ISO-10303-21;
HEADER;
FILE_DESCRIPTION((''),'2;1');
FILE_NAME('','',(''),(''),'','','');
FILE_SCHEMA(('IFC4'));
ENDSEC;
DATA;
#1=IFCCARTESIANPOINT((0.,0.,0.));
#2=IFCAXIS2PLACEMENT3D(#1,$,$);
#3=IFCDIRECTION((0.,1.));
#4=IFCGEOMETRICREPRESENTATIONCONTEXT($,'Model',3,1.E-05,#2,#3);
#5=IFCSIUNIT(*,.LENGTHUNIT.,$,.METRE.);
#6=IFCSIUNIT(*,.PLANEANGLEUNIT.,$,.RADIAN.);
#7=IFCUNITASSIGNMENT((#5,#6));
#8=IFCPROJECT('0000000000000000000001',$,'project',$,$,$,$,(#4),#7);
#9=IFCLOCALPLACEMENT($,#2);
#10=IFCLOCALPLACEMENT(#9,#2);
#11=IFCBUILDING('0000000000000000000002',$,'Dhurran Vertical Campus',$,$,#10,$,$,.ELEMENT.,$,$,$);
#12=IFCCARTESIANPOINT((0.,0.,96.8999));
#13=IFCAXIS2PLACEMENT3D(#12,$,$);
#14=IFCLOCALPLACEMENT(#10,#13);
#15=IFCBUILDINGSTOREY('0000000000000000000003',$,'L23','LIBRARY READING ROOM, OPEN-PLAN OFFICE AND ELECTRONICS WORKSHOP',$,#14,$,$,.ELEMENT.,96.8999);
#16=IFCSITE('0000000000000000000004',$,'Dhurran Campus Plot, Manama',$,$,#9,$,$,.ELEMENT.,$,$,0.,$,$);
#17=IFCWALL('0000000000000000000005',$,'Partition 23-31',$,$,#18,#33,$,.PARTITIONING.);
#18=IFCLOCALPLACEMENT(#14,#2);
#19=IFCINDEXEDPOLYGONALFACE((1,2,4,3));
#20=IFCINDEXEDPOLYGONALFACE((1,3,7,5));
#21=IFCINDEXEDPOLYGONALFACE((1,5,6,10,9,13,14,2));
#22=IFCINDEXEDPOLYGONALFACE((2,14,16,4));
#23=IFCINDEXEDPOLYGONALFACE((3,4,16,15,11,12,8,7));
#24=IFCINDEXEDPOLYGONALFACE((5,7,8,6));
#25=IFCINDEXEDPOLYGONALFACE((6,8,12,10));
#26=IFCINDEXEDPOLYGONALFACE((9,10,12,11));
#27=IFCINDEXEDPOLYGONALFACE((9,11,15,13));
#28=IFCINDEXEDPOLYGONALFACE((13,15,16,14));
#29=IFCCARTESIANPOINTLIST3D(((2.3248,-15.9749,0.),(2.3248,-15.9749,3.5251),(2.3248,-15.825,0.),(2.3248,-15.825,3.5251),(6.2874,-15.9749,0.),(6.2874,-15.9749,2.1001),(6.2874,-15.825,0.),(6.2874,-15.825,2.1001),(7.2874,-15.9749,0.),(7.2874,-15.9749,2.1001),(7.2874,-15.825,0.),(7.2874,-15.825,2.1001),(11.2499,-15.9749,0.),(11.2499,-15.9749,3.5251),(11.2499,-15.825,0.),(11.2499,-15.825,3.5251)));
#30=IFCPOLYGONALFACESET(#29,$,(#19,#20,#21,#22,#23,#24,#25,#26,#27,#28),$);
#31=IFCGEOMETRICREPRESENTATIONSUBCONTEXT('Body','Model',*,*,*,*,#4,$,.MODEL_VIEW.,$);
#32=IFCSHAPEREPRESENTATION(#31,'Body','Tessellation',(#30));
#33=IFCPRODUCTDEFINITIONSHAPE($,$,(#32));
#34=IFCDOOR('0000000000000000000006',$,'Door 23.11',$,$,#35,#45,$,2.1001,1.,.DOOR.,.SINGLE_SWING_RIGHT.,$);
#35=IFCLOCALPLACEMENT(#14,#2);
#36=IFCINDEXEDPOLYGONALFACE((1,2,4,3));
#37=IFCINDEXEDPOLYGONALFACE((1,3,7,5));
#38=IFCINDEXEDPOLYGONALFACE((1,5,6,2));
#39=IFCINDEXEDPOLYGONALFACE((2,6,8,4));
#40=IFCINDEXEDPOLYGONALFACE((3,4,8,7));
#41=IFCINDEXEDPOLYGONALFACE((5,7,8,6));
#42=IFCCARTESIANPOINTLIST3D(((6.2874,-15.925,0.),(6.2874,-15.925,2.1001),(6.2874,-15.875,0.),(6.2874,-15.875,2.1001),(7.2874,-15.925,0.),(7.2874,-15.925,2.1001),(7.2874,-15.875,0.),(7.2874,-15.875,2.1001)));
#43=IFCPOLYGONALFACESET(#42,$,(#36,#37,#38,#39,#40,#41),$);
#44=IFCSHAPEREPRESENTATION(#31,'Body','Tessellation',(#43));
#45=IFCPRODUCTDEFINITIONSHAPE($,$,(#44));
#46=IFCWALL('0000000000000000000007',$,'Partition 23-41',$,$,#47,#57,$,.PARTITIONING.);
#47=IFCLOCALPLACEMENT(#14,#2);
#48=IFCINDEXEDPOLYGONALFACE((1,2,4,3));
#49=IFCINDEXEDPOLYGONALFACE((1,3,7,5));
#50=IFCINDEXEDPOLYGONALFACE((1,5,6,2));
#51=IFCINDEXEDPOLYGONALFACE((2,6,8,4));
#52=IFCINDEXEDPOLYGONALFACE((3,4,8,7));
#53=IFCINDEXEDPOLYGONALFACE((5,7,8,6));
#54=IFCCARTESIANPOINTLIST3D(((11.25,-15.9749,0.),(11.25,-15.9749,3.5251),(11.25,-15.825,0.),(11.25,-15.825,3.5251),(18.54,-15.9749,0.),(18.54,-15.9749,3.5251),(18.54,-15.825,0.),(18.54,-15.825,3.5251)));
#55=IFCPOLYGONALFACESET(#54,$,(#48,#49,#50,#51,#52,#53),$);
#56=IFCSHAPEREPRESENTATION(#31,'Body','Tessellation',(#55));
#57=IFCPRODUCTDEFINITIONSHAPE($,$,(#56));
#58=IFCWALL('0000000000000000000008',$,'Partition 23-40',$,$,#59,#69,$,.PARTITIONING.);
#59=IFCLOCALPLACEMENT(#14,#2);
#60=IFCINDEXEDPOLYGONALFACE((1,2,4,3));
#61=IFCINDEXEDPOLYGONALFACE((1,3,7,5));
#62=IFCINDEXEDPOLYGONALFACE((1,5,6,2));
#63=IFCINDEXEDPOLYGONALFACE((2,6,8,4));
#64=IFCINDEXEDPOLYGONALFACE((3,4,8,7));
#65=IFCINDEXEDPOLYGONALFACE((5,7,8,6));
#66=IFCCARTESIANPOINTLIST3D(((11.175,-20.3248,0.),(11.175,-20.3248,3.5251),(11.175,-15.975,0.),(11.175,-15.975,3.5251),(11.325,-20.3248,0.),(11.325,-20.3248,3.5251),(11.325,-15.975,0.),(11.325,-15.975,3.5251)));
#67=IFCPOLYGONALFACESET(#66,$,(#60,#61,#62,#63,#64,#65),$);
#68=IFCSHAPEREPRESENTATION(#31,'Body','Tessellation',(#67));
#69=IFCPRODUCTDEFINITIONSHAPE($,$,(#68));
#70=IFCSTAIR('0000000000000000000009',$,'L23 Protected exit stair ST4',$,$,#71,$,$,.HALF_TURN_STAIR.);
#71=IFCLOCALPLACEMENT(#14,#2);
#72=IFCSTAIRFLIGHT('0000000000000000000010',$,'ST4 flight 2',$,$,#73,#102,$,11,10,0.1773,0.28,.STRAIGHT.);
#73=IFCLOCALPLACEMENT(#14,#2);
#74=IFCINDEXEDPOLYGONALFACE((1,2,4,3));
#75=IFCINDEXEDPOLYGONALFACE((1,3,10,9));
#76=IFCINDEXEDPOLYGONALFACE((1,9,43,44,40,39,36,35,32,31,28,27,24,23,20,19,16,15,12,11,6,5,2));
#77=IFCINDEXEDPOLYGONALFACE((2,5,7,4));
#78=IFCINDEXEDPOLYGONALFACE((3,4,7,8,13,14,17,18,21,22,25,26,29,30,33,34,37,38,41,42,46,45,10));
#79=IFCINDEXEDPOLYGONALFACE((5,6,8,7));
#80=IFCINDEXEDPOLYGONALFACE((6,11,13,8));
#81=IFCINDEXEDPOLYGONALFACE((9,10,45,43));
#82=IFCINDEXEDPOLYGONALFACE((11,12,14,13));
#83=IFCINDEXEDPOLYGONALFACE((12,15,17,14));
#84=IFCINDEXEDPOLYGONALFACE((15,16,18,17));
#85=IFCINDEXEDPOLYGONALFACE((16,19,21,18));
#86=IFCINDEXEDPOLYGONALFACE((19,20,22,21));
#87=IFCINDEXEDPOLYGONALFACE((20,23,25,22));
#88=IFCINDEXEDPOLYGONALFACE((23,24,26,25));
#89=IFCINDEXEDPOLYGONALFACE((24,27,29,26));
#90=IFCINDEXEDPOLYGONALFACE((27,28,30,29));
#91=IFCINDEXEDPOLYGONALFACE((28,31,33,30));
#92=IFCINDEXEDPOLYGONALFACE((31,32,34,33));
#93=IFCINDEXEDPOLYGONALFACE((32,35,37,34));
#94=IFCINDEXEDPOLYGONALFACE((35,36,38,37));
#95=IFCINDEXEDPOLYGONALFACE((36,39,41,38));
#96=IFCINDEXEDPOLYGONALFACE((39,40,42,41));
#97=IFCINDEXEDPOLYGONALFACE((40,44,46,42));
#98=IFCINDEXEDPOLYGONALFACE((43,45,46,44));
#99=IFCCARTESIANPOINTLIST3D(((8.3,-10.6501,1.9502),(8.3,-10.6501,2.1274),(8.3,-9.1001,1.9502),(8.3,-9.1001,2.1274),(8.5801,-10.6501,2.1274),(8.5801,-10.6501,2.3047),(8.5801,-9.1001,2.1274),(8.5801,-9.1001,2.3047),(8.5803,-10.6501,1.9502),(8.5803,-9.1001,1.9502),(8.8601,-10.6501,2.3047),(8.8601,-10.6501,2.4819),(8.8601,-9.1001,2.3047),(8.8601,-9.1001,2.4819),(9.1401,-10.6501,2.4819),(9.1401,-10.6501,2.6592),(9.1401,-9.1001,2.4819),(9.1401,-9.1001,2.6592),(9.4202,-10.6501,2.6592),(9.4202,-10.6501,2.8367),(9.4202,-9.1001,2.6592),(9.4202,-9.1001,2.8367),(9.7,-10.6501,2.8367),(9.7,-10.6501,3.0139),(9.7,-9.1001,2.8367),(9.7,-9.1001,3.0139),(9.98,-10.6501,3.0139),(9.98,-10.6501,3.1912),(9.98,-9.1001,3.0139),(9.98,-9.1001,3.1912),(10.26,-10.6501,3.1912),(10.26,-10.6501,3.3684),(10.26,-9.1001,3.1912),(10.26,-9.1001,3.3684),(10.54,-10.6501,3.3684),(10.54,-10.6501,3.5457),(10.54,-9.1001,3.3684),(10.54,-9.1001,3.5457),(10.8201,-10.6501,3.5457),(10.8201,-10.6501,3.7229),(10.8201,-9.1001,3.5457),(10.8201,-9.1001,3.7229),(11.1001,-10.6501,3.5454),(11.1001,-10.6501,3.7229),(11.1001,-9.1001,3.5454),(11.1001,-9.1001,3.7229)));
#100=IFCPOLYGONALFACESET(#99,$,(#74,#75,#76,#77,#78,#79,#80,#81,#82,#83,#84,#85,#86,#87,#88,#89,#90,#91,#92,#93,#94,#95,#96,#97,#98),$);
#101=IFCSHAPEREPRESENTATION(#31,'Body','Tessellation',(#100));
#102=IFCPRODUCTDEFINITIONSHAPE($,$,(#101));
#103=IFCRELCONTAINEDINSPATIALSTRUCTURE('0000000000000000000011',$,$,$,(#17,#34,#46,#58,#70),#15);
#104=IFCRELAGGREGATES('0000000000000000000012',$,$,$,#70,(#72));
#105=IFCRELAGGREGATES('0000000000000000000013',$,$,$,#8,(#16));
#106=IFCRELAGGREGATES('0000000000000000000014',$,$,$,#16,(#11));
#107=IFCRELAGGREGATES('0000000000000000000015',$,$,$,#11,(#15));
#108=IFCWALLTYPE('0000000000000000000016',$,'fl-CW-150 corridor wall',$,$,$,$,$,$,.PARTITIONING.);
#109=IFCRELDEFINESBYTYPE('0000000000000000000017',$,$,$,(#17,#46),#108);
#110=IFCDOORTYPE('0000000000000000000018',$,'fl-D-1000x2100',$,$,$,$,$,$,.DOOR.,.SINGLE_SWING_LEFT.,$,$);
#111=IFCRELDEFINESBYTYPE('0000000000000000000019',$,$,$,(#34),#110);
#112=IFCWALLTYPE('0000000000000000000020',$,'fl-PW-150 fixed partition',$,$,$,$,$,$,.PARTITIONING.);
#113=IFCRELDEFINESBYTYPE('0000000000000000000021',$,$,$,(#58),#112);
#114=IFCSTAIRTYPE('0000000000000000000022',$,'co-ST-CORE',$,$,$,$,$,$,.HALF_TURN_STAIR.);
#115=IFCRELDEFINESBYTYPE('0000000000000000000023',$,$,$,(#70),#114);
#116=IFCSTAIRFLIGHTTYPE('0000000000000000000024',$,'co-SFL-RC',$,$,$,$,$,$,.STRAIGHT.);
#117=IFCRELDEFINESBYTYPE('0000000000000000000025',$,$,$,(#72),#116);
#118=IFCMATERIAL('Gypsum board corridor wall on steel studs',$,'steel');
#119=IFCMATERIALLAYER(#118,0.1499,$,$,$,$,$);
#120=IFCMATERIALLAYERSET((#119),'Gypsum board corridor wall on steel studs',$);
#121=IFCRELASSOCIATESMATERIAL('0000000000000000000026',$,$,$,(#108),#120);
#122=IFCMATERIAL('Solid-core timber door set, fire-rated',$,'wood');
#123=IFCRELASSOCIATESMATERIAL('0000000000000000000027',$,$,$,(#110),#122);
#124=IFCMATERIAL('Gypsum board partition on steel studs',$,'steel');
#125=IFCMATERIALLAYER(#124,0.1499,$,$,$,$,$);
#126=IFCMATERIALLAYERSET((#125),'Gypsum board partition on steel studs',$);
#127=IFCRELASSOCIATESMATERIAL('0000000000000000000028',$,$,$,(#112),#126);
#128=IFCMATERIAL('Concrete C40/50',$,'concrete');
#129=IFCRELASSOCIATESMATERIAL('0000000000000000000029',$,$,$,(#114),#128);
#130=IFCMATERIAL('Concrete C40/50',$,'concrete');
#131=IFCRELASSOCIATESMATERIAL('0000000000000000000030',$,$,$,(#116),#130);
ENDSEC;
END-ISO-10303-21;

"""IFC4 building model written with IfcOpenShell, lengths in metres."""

from ifc_helpers import new_model, si_unit, direction, frame, frame_2d, origin, place, context, subcontext, project, spatial, polyline, rectangle, outline, extrude, material, layer, layer_set, type_object, element, fill, aggregate, save


model = new_model("IFC4")

# Units and contexts
model_context = context("Model", 3, precision=1e-05, world=origin(), true_north=direction((0.0, 1.0)))
body_context = subcontext(model_context, "Body", "Model", "MODEL_VIEW")
ifc_project = project(units=[si_unit("LENGTHUNIT", "METRE"), si_unit("PLANEANGLEUNIT", "RADIAN")], contexts=[model_context])

# Site, building, storey
site_placement = place(None, origin())
site = spatial("IfcSite", under=ifc_project, at=site_placement, Name="Dhurran Campus Plot, Manama", CompositionType="ELEMENT", RefElevation=0.0)
building_placement = place(site_placement, origin())
building = spatial("IfcBuilding", under=site, at=building_placement, Name="Dhurran Vertical Campus", CompositionType="ELEMENT")
storey_placement = place(building_placement, frame((0.0, 0.0, 96.8999)))
storey = spatial("IfcBuildingStorey", under=building, at=storey_placement, Name="L23", Description="LIBRARY READING ROOM, OPEN-PLAN OFFICE AND ELECTRONICS WORKSHOP", CompositionType="ELEMENT", Elevation=96.8999)

# Shared definitions
ifc_material_1 = material(Name="Gypsum board corridor wall on steel studs", Category="steel")
ifc_layer_1 = layer(ifc_material_1, 0.1499)
ifc_layer_set_1 = layer_set([ifc_layer_1], Name="Gypsum board corridor wall on steel studs")
wall_type_1 = type_object("IfcWallType", Name="fl-CW-150 corridor wall", PredefinedType="PARTITIONING", material=ifc_layer_set_1)
ifc_material_2 = material(Name="Solid-core timber door set, fire-rated", Category="wood")
door_type_1 = type_object("IfcDoorType", Name="fl-D-1000x2100", OperationType="SINGLE_SWING_LEFT", PredefinedType="DOOR", material=ifc_material_2)

# Wall, opening, door
wall_1_placement = place(storey_placement, frame((2.325, -15.8999, 0.0), z_axis=(0.0, 0.0, 1.0), x_axis=(1.0, 0.0, 0.0)))
wall_1 = element("IfcWall", 1, at=wall_1_placement, inside=storey, type_object=wall_type_1, Name="Partition 23-31", PredefinedType="PARTITIONING", context=body_context, shape_type="SweptSolid", body=[
    extrude(rectangle(XDim=8.925, YDim=0.1499, at=frame_2d((4.4624, 0.0))), origin(), (0.0, 0.0, 1.0), 3.5251),
])
opening_1_placement = place(wall_1_placement, frame((3.9624, 0.0, 0.0)))
opening_1 = element("IfcOpeningElement", 2, at=opening_1_placement, cuts=wall_1, PredefinedType="OPENING", context=body_context, shape_type="SweptSolid", body=[
    extrude(rectangle(XDim=1.0, YDim=2.1001, at=frame_2d((0.5, 1.05))), frame((0.0, 0.085, 0.0), z_axis=(0.0, -1.0, 0.0), x_axis=(1.0, 0.0, 0.0)), (0.0, 0.0, 1.0), 0.1699),
])
door_1_placement = place(opening_1_placement, origin())
door_1 = element("IfcDoor", 3, at=door_1_placement, inside=storey, type_object=door_type_1, Name="Door 23.11", OperationType="SINGLE_SWING_RIGHT", OverallHeight=2.1001, OverallWidth=1.0, PredefinedType="DOOR", context=body_context, shape_type="SweptSolid", body=[
    extrude(rectangle(XDim=1.0, YDim=2.1001, at=frame_2d((0.5, 1.05))), frame((0.0, 0.0249, 0.0), z_axis=(0.0, -1.0, 0.0), x_axis=(1.0, 0.0, 0.0)), (0.0, 0.0, 1.0), 0.05),
])
fill(opening_1, door_1)

# Walls
wall_2_placement = place(storey_placement, frame((11.25, -15.8999, 0.0), z_axis=(0.0, 0.0, 1.0), x_axis=(1.0, 0.0, 0.0)))
element("IfcWall", 4, at=wall_2_placement, inside=storey, type_object=wall_type_1, Name="Partition 23-41", PredefinedType="PARTITIONING", context=body_context, shape_type="SweptSolid", body=[
    extrude(rectangle(XDim=7.29, YDim=0.1499, at=frame_2d((3.645, 0.0))), origin(), (0.0, 0.0, 1.0), 3.5251),
])
ifc_material_3 = material(Name="Gypsum board partition on steel studs", Category="steel")
ifc_layer_2 = layer(ifc_material_3, 0.1499)
ifc_layer_set_2 = layer_set([ifc_layer_2], Name="Gypsum board partition on steel studs")
wall_type_2 = type_object("IfcWallType", Name="fl-PW-150 fixed partition", PredefinedType="PARTITIONING", material=ifc_layer_set_2)
wall_3_placement = place(storey_placement, frame((11.25, -15.9751, 0.0), z_axis=(0.0, 0.0, 1.0), x_axis=(0.0, -1.0, 0.0)))
element("IfcWall", 5, at=wall_3_placement, inside=storey, type_object=wall_type_2, Name="Partition 23-40", PredefinedType="PARTITIONING", context=body_context, shape_type="SweptSolid", body=[
    extrude(rectangle(XDim=4.3499, YDim=0.1499, at=frame_2d((2.1748, 0.0))), origin(), (0.0, 0.0, 1.0), 3.5251),
])

# Stair, stair flight
ifc_material_4 = material(Name="Concrete C40/50", Category="concrete")
stair_type = type_object("IfcStairType", Name="co-ST-CORE", PredefinedType="HALF_TURN_STAIR", material=ifc_material_4)
stair_placement = place(storey_placement, origin())
stair = element("IfcStair", 6, at=stair_placement, inside=storey, type_object=stair_type, Name="L23 Protected exit stair ST4", PredefinedType="HALF_TURN_STAIR")
ifc_material_5 = material(Name="Concrete C40/50", Category="concrete")
stair_flight_type = type_object("IfcStairFlightType", Name="co-SFL-RC", PredefinedType="STRAIGHT", material=ifc_material_5)
stair_flight_placement = place(storey_placement, frame((8.3, -9.875, 1.9502), z_axis=(0.0, 0.0, 1.0), x_axis=(1.0, 0.0, 0.0)))
stair_flight = element("IfcStairFlight", 7, at=stair_flight_placement, type_object=stair_flight_type, Name="ST4 flight 2", NumberOfRisers=11, NumberOfTreads=10, PredefinedType="STRAIGHT", RiserHeight=0.1773, TreadLength=0.28, context=body_context, shape_type="SweptSolid", body=[
    extrude(outline(polyline([(0.0, 0.0), (0.0, 0.1772), (0.28, 0.1772), (0.28, 0.3545), (0.5601, 0.3545), (0.5601, 0.5317), (0.8401, 0.5317), (0.8401, 0.709), (1.1201, 0.709), (1.1201, 0.8865), (1.3999, 0.8865), (1.3999, 1.0637), (1.6799, 1.0637), (1.6799, 1.241), (1.96, 1.241), (1.96, 1.4182), (2.24, 1.4182), (2.24, 1.5955), (2.52, 1.5955), (2.52, 1.7727), (2.8, 1.7727), (2.8, 1.95), (2.8, 1.5952), (0.2803, 0.0), (0.0, 0.0)])), frame((0.0, 0.7749, 0.0), z_axis=(0.0, -1.0, 0.0), x_axis=(1.0, 0.0, 0.0)), (0.0, 0.0, 1.0), 1.55),
])
aggregate(stair, [stair_flight])

save(model, "model.ifc")
